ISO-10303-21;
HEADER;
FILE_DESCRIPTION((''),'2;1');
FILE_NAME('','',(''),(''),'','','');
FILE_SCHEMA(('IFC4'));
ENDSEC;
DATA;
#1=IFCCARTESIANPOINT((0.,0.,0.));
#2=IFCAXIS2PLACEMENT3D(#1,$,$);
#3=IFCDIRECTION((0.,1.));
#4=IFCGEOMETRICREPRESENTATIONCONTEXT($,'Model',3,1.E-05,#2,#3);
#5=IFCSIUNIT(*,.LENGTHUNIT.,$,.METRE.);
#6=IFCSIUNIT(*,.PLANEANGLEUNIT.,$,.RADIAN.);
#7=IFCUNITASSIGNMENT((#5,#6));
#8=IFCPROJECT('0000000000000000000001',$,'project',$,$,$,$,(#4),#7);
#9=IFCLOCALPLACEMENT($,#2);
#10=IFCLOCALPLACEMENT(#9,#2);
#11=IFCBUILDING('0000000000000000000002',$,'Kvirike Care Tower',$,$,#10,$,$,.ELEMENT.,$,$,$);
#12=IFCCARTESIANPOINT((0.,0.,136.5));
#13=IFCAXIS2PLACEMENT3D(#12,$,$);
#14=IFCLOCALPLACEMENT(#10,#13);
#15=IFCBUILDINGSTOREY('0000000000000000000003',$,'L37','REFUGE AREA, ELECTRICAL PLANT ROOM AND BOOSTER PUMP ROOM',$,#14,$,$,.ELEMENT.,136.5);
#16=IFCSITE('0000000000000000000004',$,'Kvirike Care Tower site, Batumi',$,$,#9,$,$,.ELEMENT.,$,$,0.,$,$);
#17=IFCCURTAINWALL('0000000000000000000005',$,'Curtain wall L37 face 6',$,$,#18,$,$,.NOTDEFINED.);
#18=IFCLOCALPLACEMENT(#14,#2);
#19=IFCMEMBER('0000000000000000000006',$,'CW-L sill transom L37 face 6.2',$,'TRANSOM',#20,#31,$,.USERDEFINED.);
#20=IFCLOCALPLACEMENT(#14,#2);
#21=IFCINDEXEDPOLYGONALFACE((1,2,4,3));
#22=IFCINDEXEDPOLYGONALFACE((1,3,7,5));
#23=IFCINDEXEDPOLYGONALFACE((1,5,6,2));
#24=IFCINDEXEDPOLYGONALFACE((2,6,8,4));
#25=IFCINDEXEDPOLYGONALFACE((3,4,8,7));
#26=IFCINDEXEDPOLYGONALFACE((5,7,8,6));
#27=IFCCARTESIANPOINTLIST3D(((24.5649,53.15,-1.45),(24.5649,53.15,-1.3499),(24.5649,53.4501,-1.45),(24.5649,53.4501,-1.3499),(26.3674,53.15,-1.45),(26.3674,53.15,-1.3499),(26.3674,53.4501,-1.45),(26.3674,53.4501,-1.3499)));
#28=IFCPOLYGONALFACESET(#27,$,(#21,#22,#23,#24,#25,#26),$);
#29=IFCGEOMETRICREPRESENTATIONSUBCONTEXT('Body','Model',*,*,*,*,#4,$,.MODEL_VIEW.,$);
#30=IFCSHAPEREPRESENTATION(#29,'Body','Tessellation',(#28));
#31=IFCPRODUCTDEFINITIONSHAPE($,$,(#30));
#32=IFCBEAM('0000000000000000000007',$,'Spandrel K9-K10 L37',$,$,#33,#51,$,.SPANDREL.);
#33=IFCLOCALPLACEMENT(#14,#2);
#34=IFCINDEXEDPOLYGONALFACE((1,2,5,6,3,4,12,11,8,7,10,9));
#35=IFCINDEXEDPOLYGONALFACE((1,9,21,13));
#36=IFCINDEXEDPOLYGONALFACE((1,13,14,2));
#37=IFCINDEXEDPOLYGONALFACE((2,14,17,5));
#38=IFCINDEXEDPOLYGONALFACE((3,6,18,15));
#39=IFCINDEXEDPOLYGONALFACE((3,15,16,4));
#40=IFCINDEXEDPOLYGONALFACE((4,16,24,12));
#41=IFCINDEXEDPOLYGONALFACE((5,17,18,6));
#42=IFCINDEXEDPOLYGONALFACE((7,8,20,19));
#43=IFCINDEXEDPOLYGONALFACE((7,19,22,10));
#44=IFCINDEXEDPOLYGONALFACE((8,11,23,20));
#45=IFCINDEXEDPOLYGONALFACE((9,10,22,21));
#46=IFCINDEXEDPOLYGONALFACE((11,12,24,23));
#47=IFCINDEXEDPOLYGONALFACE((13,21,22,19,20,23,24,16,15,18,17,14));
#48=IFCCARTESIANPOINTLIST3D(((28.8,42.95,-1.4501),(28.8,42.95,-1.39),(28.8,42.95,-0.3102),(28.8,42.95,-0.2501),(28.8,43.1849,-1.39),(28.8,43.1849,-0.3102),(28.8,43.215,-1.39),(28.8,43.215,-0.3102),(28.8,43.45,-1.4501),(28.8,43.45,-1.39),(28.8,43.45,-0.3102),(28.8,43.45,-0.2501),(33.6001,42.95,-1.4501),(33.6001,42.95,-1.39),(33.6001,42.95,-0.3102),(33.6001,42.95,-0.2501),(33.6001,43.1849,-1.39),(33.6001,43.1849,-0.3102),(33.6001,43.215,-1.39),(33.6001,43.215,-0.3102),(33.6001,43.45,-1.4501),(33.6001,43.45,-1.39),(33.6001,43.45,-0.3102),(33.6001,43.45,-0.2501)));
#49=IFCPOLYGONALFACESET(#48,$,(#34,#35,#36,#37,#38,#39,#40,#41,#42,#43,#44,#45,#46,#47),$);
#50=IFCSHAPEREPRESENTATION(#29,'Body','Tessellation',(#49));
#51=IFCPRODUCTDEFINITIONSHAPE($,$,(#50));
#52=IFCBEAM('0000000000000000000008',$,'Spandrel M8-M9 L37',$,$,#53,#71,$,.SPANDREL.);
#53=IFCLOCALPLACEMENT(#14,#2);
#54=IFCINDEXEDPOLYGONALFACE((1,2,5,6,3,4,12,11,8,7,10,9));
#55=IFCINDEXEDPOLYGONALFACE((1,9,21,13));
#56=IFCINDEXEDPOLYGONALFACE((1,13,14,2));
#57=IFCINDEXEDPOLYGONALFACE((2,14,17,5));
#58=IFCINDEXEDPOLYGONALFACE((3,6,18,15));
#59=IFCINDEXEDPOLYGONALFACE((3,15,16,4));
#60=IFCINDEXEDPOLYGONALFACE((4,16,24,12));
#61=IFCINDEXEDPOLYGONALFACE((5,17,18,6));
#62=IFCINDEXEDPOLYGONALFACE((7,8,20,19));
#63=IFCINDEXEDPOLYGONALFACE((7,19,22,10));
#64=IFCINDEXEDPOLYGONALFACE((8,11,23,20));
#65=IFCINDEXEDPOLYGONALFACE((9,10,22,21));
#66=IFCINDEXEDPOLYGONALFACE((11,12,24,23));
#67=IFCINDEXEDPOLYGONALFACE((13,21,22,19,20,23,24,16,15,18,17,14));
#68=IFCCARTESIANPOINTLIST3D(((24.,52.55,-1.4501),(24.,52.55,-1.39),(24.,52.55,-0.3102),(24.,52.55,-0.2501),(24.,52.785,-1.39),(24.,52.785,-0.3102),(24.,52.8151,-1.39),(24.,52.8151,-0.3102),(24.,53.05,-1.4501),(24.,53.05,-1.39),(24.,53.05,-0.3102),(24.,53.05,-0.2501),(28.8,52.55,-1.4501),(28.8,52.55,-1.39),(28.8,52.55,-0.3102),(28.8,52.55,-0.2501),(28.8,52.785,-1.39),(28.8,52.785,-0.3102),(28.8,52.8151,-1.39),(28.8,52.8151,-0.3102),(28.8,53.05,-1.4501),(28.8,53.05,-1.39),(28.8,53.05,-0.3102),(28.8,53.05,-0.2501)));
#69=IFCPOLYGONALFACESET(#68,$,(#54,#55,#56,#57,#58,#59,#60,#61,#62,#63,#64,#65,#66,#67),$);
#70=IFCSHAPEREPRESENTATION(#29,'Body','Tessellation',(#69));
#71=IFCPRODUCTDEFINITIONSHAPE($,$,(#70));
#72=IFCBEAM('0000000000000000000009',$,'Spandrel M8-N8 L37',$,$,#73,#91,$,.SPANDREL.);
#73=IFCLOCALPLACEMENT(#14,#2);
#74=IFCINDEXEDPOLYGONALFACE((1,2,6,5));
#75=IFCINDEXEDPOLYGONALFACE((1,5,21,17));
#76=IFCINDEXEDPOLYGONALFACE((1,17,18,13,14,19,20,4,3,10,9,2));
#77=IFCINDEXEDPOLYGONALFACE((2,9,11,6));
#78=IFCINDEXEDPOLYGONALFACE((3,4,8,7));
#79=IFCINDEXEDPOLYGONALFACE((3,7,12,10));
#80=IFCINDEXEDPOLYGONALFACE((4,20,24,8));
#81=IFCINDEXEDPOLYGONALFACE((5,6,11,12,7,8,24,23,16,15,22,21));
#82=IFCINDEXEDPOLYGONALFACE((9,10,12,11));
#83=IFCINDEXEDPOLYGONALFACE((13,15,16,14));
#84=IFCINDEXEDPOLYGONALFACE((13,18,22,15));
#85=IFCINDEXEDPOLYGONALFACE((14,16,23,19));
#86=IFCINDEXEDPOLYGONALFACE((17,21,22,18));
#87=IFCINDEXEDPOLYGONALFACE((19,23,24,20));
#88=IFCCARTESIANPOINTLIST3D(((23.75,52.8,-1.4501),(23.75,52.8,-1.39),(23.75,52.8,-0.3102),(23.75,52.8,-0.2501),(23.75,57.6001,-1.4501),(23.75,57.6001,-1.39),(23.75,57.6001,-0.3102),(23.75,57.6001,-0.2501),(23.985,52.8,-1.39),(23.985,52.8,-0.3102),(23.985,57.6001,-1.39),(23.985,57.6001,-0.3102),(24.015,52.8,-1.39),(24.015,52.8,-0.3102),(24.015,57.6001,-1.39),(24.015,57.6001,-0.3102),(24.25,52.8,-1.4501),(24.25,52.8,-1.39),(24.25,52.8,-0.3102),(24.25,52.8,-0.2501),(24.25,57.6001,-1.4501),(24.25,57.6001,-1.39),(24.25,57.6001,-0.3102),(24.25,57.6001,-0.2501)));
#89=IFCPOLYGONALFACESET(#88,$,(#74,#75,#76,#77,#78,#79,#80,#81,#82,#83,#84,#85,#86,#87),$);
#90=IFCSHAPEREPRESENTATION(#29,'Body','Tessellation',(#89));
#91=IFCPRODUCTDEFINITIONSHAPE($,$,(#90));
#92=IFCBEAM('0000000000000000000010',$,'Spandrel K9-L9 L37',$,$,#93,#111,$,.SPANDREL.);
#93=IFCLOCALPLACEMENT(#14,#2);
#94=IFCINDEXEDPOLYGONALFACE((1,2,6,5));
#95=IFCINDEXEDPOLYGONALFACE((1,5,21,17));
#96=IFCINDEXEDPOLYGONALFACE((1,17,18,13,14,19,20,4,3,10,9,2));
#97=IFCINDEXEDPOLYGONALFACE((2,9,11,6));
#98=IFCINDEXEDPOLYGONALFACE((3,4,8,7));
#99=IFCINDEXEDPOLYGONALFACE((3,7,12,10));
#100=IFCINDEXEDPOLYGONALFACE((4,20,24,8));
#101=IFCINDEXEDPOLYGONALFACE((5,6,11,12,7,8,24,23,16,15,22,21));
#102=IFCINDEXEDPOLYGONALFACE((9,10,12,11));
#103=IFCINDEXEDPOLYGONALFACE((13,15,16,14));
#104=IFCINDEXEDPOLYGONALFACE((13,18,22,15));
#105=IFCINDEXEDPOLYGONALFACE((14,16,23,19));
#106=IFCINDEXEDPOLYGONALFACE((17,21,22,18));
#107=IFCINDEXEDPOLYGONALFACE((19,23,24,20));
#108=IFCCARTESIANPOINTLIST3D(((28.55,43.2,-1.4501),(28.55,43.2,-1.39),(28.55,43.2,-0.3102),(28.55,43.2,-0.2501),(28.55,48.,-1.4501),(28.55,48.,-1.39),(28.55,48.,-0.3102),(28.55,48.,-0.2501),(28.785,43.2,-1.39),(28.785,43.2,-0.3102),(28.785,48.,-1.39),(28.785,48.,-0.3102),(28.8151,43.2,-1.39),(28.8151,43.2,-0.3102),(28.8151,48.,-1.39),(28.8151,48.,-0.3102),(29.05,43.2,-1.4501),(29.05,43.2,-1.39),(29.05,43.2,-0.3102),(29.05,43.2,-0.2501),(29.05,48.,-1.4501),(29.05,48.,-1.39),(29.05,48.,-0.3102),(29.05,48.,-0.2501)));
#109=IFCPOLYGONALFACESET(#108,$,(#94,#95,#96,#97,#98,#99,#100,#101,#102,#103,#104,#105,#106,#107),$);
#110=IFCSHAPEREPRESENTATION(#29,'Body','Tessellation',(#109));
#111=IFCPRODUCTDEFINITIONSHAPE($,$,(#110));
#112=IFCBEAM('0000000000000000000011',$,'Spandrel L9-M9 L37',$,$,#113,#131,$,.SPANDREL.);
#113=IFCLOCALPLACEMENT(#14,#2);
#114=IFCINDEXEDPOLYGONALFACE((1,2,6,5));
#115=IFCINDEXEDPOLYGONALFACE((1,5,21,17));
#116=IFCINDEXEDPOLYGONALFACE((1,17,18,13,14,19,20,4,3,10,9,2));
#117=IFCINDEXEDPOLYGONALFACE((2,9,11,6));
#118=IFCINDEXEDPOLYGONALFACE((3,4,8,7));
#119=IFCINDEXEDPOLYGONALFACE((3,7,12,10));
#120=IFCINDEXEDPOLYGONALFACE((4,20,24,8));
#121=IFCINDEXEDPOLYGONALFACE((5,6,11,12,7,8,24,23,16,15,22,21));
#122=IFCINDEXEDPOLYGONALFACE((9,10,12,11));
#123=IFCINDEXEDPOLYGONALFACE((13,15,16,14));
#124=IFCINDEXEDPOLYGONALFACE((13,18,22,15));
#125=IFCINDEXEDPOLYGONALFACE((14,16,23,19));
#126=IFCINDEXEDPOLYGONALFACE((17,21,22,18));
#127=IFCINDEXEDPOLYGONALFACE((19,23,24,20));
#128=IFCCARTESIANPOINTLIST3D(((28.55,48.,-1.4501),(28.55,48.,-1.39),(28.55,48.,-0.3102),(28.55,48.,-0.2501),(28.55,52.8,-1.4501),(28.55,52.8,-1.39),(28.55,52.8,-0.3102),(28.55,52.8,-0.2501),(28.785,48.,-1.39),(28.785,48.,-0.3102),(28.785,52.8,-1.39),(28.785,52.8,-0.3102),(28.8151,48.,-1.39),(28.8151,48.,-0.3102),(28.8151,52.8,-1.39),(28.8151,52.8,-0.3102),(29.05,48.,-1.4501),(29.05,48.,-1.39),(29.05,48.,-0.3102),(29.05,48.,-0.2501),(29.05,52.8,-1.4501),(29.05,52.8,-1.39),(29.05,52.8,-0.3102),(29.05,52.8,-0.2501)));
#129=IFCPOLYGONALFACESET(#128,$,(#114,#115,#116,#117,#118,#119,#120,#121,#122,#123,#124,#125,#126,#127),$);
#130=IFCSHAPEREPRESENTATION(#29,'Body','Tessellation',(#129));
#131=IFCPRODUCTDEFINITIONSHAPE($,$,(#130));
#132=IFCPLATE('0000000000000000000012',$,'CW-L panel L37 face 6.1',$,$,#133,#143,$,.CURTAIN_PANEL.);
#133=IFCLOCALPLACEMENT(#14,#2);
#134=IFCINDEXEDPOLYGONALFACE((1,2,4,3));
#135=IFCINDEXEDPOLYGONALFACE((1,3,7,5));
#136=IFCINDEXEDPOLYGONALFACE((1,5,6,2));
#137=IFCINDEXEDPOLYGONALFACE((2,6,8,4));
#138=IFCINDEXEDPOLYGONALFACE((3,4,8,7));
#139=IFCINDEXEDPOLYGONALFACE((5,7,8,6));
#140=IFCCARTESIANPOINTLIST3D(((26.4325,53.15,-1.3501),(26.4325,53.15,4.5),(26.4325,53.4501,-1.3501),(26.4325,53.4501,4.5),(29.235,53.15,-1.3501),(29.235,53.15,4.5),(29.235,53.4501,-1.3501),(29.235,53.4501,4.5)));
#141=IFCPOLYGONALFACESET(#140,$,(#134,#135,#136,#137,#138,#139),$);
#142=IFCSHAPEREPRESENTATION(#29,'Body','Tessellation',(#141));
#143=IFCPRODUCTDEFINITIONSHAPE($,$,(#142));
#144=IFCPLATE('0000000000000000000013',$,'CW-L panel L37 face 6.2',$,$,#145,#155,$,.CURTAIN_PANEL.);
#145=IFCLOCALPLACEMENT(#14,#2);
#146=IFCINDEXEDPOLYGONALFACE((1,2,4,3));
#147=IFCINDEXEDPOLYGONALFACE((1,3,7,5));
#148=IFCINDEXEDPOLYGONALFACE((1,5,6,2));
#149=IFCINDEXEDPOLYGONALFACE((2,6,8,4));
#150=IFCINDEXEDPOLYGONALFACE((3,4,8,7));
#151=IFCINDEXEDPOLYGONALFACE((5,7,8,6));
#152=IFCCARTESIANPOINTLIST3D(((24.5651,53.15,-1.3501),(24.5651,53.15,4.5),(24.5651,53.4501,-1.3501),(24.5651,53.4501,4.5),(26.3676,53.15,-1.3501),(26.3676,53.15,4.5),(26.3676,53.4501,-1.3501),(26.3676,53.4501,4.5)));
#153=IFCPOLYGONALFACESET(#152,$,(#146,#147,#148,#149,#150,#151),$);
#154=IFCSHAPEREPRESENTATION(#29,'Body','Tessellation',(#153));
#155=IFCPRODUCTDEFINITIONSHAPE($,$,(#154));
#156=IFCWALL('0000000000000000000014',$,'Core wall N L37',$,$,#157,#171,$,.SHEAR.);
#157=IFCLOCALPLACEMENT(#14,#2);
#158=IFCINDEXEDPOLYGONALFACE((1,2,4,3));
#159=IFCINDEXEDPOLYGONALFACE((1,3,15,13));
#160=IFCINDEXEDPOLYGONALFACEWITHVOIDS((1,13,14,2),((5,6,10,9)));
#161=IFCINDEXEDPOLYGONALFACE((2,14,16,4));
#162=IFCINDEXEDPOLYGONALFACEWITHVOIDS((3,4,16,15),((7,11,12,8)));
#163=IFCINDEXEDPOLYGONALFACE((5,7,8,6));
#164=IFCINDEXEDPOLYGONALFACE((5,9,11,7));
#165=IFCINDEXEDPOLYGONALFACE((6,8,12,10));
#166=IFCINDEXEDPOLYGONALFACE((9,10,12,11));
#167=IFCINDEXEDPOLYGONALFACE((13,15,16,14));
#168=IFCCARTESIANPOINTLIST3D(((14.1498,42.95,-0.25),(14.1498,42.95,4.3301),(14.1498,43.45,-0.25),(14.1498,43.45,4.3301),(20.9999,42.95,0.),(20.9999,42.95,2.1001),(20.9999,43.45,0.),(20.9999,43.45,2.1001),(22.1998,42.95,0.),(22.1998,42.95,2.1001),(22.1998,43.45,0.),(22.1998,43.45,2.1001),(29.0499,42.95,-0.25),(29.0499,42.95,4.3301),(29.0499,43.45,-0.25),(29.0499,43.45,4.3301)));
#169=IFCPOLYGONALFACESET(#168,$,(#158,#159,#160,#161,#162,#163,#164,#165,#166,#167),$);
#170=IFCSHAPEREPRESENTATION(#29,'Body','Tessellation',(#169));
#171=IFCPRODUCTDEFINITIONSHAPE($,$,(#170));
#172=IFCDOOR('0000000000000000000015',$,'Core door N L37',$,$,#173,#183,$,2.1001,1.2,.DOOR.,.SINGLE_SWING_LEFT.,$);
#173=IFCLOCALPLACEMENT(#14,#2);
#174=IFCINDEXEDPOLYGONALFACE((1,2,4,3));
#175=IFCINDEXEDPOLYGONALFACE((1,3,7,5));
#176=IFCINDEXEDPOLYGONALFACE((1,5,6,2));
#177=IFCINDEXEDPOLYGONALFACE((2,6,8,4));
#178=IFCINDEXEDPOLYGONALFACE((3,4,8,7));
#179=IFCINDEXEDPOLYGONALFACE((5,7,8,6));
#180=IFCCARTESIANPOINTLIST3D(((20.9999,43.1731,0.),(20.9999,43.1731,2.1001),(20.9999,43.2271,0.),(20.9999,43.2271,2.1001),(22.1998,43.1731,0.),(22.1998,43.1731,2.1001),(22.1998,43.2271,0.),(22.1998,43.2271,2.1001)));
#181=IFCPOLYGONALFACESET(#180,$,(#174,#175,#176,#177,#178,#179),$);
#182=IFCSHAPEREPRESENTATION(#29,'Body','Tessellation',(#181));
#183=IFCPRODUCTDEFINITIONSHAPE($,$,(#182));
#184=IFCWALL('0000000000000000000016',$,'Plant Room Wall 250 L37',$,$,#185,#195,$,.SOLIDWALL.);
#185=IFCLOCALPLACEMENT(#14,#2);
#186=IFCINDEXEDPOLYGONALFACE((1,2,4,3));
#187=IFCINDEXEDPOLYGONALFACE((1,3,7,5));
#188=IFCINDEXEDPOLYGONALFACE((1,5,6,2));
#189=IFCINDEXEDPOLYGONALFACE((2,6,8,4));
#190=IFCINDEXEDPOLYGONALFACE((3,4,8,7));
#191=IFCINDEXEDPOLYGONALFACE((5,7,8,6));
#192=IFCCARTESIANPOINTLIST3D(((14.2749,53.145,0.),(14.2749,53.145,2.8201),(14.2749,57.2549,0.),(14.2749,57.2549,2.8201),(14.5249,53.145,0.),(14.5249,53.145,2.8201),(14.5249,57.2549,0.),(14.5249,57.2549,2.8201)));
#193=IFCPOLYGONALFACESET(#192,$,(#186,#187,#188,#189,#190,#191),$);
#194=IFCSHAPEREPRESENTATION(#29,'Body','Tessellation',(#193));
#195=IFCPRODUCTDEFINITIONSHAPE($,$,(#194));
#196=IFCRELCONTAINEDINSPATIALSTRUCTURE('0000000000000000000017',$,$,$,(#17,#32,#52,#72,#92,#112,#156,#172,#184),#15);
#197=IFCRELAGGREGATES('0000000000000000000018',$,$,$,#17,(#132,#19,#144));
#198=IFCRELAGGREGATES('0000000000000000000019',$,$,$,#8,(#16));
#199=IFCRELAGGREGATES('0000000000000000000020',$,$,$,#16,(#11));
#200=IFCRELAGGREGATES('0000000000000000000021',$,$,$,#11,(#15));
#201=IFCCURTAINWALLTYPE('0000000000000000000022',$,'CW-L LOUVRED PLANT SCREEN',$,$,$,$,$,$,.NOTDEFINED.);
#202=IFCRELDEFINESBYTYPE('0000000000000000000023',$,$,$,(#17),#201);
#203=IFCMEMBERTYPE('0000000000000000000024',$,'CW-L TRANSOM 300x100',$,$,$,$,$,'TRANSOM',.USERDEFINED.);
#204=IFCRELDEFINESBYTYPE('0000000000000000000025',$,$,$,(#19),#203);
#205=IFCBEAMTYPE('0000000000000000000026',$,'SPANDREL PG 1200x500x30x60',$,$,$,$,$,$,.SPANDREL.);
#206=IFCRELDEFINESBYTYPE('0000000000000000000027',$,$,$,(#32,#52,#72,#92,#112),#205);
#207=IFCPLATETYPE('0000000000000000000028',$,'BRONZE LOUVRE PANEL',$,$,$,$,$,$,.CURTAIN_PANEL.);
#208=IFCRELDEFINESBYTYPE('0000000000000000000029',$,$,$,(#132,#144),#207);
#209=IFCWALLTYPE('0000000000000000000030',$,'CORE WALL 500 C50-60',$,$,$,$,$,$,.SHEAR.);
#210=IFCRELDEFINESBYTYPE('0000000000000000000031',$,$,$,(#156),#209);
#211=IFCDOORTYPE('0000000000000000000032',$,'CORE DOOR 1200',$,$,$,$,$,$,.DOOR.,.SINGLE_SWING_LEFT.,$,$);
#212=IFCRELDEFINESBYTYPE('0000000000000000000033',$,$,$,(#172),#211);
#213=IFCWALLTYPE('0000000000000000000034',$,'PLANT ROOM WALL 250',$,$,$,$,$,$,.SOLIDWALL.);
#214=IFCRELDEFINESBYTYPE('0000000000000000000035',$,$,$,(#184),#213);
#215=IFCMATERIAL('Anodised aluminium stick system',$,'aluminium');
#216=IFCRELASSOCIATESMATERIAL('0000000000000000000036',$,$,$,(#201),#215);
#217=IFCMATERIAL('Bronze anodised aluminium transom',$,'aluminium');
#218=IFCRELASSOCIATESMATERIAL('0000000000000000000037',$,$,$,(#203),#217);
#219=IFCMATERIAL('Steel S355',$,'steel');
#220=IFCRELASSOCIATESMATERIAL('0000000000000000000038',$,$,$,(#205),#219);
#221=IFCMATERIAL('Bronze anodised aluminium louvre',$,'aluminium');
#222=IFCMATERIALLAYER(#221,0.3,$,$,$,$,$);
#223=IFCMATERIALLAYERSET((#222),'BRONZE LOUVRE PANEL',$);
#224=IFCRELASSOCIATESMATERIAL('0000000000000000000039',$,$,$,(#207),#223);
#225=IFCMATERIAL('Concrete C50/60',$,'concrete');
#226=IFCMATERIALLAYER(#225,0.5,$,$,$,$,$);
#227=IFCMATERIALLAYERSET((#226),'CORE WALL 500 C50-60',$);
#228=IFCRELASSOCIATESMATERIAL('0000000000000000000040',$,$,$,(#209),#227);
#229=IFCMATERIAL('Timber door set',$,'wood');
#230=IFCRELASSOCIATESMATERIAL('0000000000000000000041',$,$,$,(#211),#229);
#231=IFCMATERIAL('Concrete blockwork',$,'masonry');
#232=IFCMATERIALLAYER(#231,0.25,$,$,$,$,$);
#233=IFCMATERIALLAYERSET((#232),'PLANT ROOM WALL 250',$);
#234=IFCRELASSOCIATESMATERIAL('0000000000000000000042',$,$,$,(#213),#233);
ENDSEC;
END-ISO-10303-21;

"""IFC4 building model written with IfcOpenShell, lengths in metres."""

from ifc_helpers import new_model, si_unit, direction, frame, frame_2d, origin, origin_2d, place, context, subcontext, project, spatial, rectangle, i_section, extrude, material, layer, layer_set, material_profile, profile_set, type_object, element, fill, aggregate, save


model = new_model("IFC4")

# Units and contexts
model_context = context("Model", 3, precision=1e-05, world=origin(), true_north=direction((0.0, 1.0)))
body_context = subcontext(model_context, "Body", "Model", "MODEL_VIEW")
ifc_project = project(units=[si_unit("LENGTHUNIT", "METRE"), si_unit("PLANEANGLEUNIT", "RADIAN")], contexts=[model_context])

# Site, building, storey
site_placement = place(None, origin())
site = spatial("IfcSite", under=ifc_project, at=site_placement, Name="Kvirike Care Tower site, Batumi", CompositionType="ELEMENT", RefElevation=0.0)
building_placement = place(site_placement, origin())
building = spatial("IfcBuilding", under=site, at=building_placement, Name="Kvirike Care Tower", CompositionType="ELEMENT")
storey_placement = place(building_placement, frame((0.0, 0.0, 136.5)))
storey = spatial("IfcBuildingStorey", under=building, at=storey_placement, Name="L37", Description="REFUGE AREA, ELECTRICAL PLANT ROOM AND BOOSTER PUMP ROOM", CompositionType="ELEMENT", Elevation=136.5)

# Curtain wall, member
ifc_material_1 = material(Name="Anodised aluminium stick system", Category="aluminium")
curtain_wall_type = type_object("IfcCurtainWallType", Name="CW-L LOUVRED PLANT SCREEN", PredefinedType="NOTDEFINED", material=ifc_material_1)
curtain_wall_placement = place(storey_placement, origin())
curtain_wall = element("IfcCurtainWall", 1, at=curtain_wall_placement, inside=storey, type_object=curtain_wall_type, Name="Curtain wall L37 face 6", PredefinedType="NOTDEFINED")
ifc_material_2 = material(Name="Bronze anodised aluminium transom", Category="aluminium")
ifc_material_profile_1 = material_profile(ifc_material_2, rectangle(XDim=0.3, YDim=0.1001, at=origin_2d()), Name="CW-L TRANSOM 300x100")
ifc_profile_set_1 = profile_set([ifc_material_profile_1], Name="Bronze anodised aluminium transom")
member_type_1 = type_object("IfcMemberType", Name="CW-L TRANSOM 300x100", ElementType="TRANSOM", PredefinedType="USERDEFINED", material=ifc_profile_set_1)
member_1_placement = place(storey_placement, frame((26.3674, 53.3, -1.3999), z_axis=(-1.0, 0.0, 0.0), x_axis=(0.0, -1.0, 0.0)))
member_1 = element("IfcMember", 2, at=member_1_placement, type_object=member_type_1, Name="CW-L sill transom L37 face 6.2", ObjectType="TRANSOM", PredefinedType="USERDEFINED", context=body_context, shape_type="SweptSolid", body=[
    extrude(rectangle(XDim=0.3, YDim=0.1001, at=origin_2d()), origin(), (0.0, 0.0, 1.0), 1.8025),
])

# Beams
ifc_material_3 = material(Name="Steel S355", Category="steel")
ifc_material_profile_2 = material_profile(ifc_material_3, i_section(OverallWidth=0.5, OverallDepth=1.2, WebThickness=0.03, FlangeThickness=0.0601, at=origin_2d()), Name="PG 1200x500x30x60")
ifc_profile_set_2 = profile_set([ifc_material_profile_2], Name="Steel S355")
beam_type = type_object("IfcBeamType", Name="SPANDREL PG 1200x500x30x60", PredefinedType="SPANDREL", material=ifc_profile_set_2)
for number, where, z_axis, x_axis, name in (
    (3, (28.8, 43.2, -0.8501), (1.0, 0.0, 0.0), (0.0, 1.0, 0.0), "Spandrel K9-K10 L37"),
    (4, (24.0, 52.8, -0.8501), (1.0, 0.0, 0.0), (0.0, 1.0, 0.0), "Spandrel M8-M9 L37"),
    (5, (24.0, 52.8, -0.8501), (0.0, 1.0, 0.0), (-1.0, 0.0, 0.0), "Spandrel M8-N8 L37"),
    (6, (28.8, 43.2, -0.8501), (0.0, 1.0, 0.0), (-1.0, 0.0, 0.0), "Spandrel K9-L9 L37"),
    (7, (28.8, 48.0, -0.8501), (0.0, 1.0, 0.0), (-1.0, 0.0, 0.0), "Spandrel L9-M9 L37"),
):
    element("IfcBeam", number, at=place(storey_placement, frame(where, z_axis=z_axis, x_axis=x_axis)), inside=storey, type_object=beam_type, Name=name, PredefinedType="SPANDREL", context=body_context, shape_type="SweptSolid", body=[
        extrude(i_section(OverallWidth=0.5, OverallDepth=1.2, WebThickness=0.03, FlangeThickness=0.0601, at=origin_2d()), origin(), (0.0, 0.0, 1.0), 4.8),
    ])

# Plates
ifc_material_4 = material(Name="Bronze anodised aluminium louvre", Category="aluminium")
ifc_layer_1 = layer(ifc_material_4, 0.3)
ifc_layer_set_1 = layer_set([ifc_layer_1], Name="BRONZE LOUVRE PANEL")
plate_type = type_object("IfcPlateType", Name="BRONZE LOUVRE PANEL", PredefinedType="CURTAIN_PANEL", material=ifc_layer_set_1)
plate_1_placement = place(storey_placement, frame((27.8337, 53.3, -1.3501), z_axis=(0.0, 0.0, 1.0), x_axis=(-1.0, 0.0, 0.0)))
plate_1 = element("IfcPlate", 8, at=plate_1_placement, type_object=plate_type, Name="CW-L panel L37 face 6.1", PredefinedType="CURTAIN_PANEL", context=body_context, shape_type="SweptSolid", body=[
    extrude(rectangle(XDim=2.8025, YDim=0.3, at=origin_2d()), origin(), (0.0, 0.0, 1.0), 5.8501),
])
plate_2_placement = place(storey_placement, frame((25.4663, 53.3, -1.3501), z_axis=(0.0, 0.0, 1.0), x_axis=(-1.0, 0.0, 0.0)))
plate_2 = element("IfcPlate", 9, at=plate_2_placement, type_object=plate_type, Name="CW-L panel L37 face 6.2", PredefinedType="CURTAIN_PANEL", context=body_context, shape_type="SweptSolid", body=[
    extrude(rectangle(XDim=1.8025, YDim=0.3, at=origin_2d()), origin(), (0.0, 0.0, 1.0), 5.8501),
])
aggregate(curtain_wall, [plate_1, member_1, plate_2])

# Wall, opening, door
ifc_material_5 = material(Name="Concrete C50/60", Category="concrete")
ifc_layer_2 = layer(ifc_material_5, 0.5)
ifc_layer_set_2 = layer_set([ifc_layer_2], Name="CORE WALL 500 C50-60")
wall_type_1 = type_object("IfcWallType", Name="CORE WALL 500 C50-60", PredefinedType="SHEAR", material=ifc_layer_set_2)
wall_1_placement = place(storey_placement, frame((29.05, 43.2, -0.25), z_axis=(0.0, 0.0, 1.0), x_axis=(-1.0, 0.0, 0.0)))
wall_1 = element("IfcWall", 10, at=wall_1_placement, inside=storey, type_object=wall_type_1, Name="Core wall N L37", PredefinedType="SHEAR", context=body_context, shape_type="SweptSolid", body=[
    extrude(rectangle(XDim=14.9001, YDim=0.5, at=frame_2d((7.4502, 0.0))), origin(), (0.0, 0.0, 1.0), 4.5801),
])
opening_placement = place(wall_1_placement, frame((6.8501, 0.0, 0.25)))
opening = element("IfcOpeningElement", 11, at=opening_placement, cuts=wall_1, PredefinedType="OPENING", context=body_context, shape_type="SweptSolid", body=[
    extrude(rectangle(XDim=1.2, YDim=2.1001, at=frame_2d((0.6001, 1.05))), frame((0.0, 0.2605, 0.0), z_axis=(0.0, -1.0, 0.0), x_axis=(1.0, 0.0, 0.0)), (0.0, 0.0, 1.0), 0.521),
])
ifc_material_6 = material(Name="Timber door set", Category="wood")
door_type = type_object("IfcDoorType", Name="CORE DOOR 1200", OperationType="SINGLE_SWING_LEFT", PredefinedType="DOOR", material=ifc_material_6)
door_placement = place(opening_placement, origin())
door = element("IfcDoor", 12, at=door_placement, inside=storey, type_object=door_type, Name="Core door N L37", OperationType="SINGLE_SWING_LEFT", OverallHeight=2.1001, OverallWidth=1.2, PredefinedType="DOOR", context=body_context, shape_type="SweptSolid", body=[
    extrude(rectangle(XDim=1.2, YDim=2.1001, at=frame_2d((0.6001, 1.05))), frame((0.0, 0.0269, 0.0), z_axis=(0.0, -1.0, 0.0), x_axis=(1.0, 0.0, 0.0)), (0.0, 0.0, 1.0), 0.054),
])
fill(opening, door)

# Wall
ifc_material_7 = material(Name="Concrete blockwork", Category="masonry")
ifc_layer_3 = layer(ifc_material_7, 0.25)
ifc_layer_set_3 = layer_set([ifc_layer_3], Name="PLANT ROOM WALL 250")
wall_type_2 = type_object("IfcWallType", Name="PLANT ROOM WALL 250", PredefinedType="SOLIDWALL", material=ifc_layer_set_3)
wall_2_placement = place(storey_placement, frame((14.3999, 53.145, 0.0), z_axis=(0.0, 0.0, 1.0), x_axis=(0.0, 1.0, 0.0)))
element("IfcWall", 13, at=wall_2_placement, inside=storey, type_object=wall_type_2, Name="Plant Room Wall 250 L37", PredefinedType="SOLIDWALL", context=body_context, shape_type="SweptSolid", body=[
    extrude(rectangle(XDim=4.1099, YDim=0.25, at=frame_2d((2.0549, 0.0))), origin(), (0.0, 0.0, 1.0), 2.8201),
])

save(model, "model.ifc")
